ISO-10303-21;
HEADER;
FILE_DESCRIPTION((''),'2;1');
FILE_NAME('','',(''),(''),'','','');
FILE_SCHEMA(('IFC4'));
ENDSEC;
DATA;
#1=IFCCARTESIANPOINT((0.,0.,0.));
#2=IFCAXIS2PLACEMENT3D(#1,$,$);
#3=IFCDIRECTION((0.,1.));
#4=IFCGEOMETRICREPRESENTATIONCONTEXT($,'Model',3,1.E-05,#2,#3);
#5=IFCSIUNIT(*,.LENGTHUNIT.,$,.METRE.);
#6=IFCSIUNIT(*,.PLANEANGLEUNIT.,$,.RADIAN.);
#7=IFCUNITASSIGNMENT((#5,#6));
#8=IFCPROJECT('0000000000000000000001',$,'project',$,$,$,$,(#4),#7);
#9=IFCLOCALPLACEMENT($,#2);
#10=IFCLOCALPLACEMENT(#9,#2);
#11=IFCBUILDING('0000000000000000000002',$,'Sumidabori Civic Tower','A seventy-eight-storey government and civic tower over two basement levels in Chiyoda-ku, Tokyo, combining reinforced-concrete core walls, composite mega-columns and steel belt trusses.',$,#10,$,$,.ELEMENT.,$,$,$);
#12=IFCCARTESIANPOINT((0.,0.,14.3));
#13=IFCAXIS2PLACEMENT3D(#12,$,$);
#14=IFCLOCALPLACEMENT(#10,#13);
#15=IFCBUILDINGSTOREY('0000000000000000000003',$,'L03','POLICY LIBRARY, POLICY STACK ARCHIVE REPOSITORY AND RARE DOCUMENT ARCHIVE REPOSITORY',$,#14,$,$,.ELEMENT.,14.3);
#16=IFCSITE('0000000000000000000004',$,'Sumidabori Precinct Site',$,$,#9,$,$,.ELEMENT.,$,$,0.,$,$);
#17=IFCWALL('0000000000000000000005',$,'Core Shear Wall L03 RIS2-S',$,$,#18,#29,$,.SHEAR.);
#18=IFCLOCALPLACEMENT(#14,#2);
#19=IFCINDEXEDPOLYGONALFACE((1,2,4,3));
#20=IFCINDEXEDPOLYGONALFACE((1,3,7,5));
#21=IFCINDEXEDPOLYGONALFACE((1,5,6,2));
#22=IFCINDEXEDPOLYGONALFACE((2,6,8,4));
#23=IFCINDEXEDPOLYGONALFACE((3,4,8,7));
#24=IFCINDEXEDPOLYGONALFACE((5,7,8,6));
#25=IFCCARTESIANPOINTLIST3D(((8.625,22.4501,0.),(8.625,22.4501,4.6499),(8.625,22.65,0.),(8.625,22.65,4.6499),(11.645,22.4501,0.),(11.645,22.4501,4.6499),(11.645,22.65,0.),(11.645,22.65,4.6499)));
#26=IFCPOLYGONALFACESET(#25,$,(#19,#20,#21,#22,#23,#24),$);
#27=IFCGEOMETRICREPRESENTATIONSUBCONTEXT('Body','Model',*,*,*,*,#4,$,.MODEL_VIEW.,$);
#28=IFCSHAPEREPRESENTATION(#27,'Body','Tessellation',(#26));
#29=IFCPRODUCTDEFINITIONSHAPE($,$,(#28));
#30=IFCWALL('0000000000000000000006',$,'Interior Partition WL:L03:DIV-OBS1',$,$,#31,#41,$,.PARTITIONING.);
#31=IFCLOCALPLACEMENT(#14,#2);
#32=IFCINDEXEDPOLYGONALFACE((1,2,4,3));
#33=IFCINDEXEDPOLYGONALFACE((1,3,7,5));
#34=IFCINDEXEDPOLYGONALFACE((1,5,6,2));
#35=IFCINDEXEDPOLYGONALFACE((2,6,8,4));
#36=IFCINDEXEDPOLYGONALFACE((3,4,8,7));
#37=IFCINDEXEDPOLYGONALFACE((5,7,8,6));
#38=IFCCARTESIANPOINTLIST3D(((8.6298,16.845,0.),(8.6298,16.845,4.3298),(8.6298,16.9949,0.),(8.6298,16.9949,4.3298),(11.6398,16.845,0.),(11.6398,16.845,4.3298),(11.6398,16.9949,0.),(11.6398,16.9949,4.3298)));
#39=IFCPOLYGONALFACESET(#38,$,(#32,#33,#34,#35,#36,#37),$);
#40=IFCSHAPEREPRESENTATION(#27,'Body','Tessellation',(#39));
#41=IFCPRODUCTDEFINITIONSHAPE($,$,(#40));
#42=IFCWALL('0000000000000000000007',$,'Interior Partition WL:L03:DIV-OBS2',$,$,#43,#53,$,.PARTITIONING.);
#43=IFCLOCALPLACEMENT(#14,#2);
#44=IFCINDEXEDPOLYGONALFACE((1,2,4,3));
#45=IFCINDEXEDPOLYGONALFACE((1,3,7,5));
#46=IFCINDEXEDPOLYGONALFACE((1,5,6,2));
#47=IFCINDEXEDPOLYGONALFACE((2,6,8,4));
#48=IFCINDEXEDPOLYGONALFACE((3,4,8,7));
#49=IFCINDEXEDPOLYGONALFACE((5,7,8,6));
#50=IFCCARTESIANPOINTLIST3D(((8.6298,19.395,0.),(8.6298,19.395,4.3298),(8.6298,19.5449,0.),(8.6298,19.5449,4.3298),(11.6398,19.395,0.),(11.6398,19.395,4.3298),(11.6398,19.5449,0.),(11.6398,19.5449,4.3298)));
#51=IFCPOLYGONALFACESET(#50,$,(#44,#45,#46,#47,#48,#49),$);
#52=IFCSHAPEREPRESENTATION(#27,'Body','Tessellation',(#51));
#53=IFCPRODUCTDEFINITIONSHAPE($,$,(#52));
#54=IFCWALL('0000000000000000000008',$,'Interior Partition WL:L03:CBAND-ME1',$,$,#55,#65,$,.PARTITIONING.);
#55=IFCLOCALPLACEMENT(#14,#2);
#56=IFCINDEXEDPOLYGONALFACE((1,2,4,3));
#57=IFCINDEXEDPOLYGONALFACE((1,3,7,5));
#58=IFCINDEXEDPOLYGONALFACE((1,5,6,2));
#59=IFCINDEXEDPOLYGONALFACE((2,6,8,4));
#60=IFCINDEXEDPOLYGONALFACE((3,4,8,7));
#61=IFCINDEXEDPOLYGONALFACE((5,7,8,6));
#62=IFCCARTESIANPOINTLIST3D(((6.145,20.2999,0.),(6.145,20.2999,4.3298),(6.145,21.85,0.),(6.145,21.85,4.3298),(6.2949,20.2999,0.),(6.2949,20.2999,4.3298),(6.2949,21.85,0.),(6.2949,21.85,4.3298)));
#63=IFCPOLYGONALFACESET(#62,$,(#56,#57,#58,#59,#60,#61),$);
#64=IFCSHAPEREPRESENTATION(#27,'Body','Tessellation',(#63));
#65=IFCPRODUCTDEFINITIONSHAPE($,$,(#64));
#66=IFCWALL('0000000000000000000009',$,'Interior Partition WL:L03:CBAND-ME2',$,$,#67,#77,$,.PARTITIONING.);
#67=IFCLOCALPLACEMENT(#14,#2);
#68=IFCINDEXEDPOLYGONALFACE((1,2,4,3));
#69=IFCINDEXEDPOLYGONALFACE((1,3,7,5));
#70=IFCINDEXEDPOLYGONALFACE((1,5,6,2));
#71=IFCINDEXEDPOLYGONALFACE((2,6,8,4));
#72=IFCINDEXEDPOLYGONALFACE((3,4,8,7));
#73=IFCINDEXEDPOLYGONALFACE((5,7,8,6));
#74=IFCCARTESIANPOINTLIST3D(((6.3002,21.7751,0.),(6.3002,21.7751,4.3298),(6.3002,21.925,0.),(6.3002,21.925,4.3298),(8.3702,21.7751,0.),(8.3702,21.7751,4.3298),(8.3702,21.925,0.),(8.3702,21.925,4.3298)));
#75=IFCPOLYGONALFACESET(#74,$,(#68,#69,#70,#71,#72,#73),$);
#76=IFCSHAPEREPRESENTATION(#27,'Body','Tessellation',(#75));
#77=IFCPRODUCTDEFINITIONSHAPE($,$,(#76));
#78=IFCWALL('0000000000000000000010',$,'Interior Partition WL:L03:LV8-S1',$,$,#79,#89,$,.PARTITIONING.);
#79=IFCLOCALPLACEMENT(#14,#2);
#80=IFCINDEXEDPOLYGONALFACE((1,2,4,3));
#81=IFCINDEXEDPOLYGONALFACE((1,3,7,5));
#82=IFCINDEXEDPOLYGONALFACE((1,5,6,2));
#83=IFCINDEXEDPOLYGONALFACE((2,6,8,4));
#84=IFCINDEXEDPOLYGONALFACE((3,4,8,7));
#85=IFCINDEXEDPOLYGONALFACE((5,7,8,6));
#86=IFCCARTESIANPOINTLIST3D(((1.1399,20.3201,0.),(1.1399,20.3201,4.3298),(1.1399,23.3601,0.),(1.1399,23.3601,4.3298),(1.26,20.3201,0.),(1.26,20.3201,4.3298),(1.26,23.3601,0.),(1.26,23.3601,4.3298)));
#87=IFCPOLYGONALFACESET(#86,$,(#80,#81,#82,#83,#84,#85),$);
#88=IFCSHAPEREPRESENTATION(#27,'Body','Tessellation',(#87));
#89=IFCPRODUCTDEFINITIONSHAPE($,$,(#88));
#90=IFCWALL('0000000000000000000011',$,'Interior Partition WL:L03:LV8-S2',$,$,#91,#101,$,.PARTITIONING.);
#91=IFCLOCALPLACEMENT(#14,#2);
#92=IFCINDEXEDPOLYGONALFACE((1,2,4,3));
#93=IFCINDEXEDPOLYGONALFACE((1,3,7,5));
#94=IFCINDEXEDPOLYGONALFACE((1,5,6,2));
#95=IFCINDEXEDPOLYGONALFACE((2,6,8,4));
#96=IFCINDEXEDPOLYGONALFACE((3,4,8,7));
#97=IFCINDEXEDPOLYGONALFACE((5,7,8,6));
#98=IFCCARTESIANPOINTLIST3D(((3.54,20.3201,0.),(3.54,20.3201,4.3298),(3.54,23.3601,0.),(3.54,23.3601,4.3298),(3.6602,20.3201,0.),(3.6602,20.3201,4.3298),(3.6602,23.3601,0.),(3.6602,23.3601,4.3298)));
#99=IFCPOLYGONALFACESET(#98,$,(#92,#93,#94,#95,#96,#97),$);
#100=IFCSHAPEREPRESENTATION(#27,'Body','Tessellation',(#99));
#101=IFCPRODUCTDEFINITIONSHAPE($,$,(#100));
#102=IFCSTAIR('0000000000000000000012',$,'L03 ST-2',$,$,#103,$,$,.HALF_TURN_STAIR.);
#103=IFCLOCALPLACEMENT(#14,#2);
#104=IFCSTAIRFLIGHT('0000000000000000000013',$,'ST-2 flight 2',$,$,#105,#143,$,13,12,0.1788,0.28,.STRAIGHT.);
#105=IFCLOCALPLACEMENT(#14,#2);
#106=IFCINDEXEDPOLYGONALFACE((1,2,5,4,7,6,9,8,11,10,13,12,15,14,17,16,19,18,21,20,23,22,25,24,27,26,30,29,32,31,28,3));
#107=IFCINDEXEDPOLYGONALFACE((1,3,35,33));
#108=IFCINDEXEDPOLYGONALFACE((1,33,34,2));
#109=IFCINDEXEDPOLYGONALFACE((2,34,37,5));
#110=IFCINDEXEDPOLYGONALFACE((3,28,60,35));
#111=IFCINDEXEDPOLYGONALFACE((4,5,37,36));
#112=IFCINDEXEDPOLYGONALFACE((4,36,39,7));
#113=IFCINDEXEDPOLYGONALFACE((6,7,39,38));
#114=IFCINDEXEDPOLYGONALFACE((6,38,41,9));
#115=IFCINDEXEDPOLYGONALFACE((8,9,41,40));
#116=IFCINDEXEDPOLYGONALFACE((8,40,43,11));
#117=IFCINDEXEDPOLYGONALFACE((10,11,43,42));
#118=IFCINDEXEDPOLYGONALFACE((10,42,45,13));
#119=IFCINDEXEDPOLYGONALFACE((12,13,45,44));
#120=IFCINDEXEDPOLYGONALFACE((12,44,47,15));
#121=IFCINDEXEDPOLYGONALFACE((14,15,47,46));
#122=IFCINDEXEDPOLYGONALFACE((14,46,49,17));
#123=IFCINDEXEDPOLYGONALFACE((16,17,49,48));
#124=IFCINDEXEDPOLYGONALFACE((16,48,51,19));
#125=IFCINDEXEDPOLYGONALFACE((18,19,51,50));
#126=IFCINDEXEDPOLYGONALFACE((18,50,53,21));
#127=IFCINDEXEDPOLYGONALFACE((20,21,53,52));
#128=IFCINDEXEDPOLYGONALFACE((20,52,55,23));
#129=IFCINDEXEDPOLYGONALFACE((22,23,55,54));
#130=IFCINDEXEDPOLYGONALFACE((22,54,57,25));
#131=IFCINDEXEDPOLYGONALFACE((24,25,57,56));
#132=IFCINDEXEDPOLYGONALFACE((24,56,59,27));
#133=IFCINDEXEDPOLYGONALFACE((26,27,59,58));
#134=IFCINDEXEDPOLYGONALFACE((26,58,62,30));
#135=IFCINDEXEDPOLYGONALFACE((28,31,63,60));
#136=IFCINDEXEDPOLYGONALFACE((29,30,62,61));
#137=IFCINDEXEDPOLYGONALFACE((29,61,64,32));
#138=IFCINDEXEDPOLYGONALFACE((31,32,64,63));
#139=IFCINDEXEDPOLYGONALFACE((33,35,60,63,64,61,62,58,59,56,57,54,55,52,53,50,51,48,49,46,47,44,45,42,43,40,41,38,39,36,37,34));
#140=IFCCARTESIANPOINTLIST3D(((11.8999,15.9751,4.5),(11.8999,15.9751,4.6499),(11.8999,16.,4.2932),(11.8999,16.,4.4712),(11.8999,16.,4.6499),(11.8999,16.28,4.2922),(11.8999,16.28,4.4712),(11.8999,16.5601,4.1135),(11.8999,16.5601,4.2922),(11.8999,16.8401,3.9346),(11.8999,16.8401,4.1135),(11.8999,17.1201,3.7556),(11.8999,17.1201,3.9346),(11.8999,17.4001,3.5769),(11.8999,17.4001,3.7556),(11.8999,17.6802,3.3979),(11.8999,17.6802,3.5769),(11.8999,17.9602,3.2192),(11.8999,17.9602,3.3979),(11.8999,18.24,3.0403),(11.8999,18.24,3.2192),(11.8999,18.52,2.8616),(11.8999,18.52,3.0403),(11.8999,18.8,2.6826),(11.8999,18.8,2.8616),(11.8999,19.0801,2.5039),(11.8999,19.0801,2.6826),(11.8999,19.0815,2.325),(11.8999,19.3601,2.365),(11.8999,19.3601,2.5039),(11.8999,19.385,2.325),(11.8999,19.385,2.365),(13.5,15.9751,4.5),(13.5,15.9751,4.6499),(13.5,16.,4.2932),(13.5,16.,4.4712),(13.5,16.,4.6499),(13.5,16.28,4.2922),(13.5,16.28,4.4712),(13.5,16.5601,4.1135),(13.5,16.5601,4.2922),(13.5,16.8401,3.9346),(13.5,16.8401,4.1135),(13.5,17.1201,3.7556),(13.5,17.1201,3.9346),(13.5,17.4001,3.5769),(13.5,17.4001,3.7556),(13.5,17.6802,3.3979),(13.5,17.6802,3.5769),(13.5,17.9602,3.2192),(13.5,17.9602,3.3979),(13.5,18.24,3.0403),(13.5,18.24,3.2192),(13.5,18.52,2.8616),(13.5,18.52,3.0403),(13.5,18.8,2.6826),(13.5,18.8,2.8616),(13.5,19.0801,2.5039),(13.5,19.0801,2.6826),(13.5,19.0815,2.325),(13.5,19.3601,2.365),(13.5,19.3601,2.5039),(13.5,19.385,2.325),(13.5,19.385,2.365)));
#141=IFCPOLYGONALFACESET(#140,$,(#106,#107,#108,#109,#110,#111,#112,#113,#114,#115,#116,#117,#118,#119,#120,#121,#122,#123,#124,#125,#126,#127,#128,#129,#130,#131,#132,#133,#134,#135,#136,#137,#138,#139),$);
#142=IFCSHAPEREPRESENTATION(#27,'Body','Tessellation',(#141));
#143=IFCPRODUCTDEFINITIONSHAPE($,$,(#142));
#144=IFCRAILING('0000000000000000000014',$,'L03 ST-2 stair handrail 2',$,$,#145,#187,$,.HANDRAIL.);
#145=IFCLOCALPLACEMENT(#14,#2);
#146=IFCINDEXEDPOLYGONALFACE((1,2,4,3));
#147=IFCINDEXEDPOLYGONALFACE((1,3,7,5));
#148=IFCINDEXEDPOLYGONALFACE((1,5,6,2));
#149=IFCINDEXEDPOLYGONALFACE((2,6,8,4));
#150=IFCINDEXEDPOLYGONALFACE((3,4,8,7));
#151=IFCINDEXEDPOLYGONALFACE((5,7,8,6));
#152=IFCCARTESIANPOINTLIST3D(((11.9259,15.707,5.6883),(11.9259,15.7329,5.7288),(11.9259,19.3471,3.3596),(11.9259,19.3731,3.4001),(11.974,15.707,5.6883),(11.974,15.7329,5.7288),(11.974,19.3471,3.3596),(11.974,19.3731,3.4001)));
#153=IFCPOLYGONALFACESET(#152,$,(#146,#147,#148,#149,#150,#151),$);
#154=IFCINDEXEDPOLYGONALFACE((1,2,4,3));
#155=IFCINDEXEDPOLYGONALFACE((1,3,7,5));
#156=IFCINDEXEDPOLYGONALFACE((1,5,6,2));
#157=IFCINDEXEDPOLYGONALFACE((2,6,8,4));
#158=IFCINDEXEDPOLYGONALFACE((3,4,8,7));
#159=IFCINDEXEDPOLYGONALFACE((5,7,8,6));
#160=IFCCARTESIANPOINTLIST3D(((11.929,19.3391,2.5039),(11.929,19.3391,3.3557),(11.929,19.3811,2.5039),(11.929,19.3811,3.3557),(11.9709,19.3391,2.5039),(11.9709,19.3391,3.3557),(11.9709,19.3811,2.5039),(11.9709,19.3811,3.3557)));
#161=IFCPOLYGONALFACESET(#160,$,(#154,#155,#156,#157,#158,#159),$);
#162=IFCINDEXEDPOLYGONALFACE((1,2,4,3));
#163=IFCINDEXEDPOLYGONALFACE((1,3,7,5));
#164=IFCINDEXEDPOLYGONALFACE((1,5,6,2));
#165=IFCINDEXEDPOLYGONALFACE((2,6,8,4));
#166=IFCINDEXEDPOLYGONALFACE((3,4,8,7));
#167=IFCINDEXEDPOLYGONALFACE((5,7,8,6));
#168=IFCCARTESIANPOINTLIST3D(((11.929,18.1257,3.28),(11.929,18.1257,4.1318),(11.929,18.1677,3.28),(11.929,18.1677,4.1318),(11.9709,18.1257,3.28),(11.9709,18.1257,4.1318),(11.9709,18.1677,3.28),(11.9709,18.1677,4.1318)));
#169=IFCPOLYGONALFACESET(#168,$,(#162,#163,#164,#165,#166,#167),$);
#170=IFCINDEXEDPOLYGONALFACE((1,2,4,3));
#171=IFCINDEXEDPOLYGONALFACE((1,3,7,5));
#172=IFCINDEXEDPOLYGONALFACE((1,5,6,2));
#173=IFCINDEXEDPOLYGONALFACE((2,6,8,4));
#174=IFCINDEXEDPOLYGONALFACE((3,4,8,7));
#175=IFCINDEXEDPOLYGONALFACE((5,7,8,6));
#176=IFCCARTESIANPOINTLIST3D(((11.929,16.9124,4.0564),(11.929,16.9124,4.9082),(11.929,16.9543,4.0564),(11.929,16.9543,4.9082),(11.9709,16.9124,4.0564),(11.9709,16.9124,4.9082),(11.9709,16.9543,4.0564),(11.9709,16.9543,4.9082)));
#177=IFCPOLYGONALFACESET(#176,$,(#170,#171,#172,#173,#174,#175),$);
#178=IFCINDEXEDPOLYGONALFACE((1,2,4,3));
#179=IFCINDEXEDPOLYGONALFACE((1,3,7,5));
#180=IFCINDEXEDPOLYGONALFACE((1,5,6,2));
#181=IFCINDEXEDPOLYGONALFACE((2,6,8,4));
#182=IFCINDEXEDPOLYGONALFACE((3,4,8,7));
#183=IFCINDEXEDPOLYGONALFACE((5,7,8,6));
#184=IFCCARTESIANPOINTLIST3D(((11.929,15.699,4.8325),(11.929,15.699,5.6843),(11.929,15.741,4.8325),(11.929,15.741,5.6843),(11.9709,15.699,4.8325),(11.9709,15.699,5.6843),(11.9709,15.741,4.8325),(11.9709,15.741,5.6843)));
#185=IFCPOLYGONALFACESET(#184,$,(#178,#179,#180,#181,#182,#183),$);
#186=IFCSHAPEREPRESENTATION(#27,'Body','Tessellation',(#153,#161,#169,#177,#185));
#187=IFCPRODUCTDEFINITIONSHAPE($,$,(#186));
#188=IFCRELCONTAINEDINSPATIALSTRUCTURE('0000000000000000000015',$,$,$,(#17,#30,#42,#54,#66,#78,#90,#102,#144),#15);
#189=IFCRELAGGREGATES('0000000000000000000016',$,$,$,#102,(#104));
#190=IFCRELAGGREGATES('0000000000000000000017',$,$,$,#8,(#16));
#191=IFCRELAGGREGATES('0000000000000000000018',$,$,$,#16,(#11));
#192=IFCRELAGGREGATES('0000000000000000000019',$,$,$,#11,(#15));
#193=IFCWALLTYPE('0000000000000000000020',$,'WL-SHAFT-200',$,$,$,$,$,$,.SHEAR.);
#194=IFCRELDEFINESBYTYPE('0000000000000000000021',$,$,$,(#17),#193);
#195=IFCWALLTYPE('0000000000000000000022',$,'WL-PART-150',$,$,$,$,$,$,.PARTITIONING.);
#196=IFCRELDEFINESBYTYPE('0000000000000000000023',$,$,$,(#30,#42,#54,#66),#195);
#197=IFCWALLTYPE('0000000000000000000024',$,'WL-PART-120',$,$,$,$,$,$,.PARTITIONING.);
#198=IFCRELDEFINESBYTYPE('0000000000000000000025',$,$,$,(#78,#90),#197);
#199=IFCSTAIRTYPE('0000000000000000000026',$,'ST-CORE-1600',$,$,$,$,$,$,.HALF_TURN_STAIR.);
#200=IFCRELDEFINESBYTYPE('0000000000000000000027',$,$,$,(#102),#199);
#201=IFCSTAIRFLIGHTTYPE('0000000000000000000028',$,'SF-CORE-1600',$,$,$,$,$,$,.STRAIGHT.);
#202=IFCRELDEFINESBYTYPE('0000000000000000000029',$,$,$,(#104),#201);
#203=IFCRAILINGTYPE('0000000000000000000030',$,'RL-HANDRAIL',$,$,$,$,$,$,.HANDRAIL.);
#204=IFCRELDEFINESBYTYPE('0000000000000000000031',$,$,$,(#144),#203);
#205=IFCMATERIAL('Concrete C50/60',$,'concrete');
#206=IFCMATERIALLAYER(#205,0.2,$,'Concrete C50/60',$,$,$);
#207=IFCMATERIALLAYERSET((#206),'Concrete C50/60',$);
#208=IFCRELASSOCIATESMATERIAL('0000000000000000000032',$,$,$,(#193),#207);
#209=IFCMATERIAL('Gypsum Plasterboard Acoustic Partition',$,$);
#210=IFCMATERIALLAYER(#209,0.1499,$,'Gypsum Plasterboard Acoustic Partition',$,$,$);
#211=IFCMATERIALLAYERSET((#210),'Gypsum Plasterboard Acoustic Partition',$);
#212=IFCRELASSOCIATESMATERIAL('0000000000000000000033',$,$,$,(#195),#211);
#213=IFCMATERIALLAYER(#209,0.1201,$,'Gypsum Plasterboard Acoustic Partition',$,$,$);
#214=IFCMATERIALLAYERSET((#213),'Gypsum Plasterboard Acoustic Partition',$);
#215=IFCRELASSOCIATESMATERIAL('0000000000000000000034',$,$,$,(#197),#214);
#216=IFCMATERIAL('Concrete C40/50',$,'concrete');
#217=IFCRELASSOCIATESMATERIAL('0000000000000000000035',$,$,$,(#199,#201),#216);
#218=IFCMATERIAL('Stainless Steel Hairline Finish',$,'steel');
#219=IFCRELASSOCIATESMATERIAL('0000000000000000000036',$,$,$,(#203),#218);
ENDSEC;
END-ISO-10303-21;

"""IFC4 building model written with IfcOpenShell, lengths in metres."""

from ifc_helpers import new_model, si_unit, direction, frame, frame_2d, origin, origin_2d, place, context, subcontext, project, spatial, polyline, rectangle, outline, extrude, source, transform, mapped, material, layer, layer_set, type_object, element, aggregate, save


model = new_model("IFC4")

# Units and contexts
model_context = context("Model", 3, precision=1e-05, world=origin(), true_north=direction((0.0, 1.0)))
body_context = subcontext(model_context, "Body", "Model", "MODEL_VIEW")
ifc_project = project(units=[si_unit("LENGTHUNIT", "METRE"), si_unit("PLANEANGLEUNIT", "RADIAN")], contexts=[model_context])

# Site, building, storey
site_placement = place(None, origin())
site = spatial("IfcSite", under=ifc_project, at=site_placement, Name="Sumidabori Precinct Site", CompositionType="ELEMENT", RefElevation=0.0)
building_placement = place(site_placement, origin())
building = spatial("IfcBuilding", under=site, at=building_placement, Name="Sumidabori Civic Tower", Description="A seventy-eight-storey government and civic tower over two basement levels in Chiyoda-ku, Tokyo, combining reinforced-concrete core walls, composite mega-columns and steel belt trusses.", CompositionType="ELEMENT")
storey_placement = place(building_placement, frame((0.0, 0.0, 14.3)))
storey = spatial("IfcBuildingStorey", under=building, at=storey_placement, Name="L03", Description="POLICY LIBRARY, POLICY STACK ARCHIVE REPOSITORY AND RARE DOCUMENT ARCHIVE REPOSITORY", CompositionType="ELEMENT", Elevation=14.3)

# Shared definitions
ifc_material_1 = material(Name="Concrete C50/60", Category="concrete")

# Walls
ifc_layer_1 = layer(ifc_material_1, 0.2, Name="Concrete C50/60")
ifc_layer_set_1 = layer_set([ifc_layer_1], Name="Concrete C50/60")
wall_type_1 = type_object("IfcWallType", Name="WL-SHAFT-200", PredefinedType="SHEAR", material=ifc_layer_set_1)
shared_shape_1 = source(origin(), body_context, "Body", "SweptSolid", [
    extrude(rectangle(XDim=3.02, YDim=0.2, at=frame_2d((1.51, 0.0))), origin(), (0.0, 0.0, 1.0), 4.6499),
])
wall_1_placement = place(storey_placement, frame((8.625, 22.55, 0.0), z_axis=(0.0, 0.0, 1.0), x_axis=(1.0, 0.0, 0.0)))
element("IfcWall", 1, at=wall_1_placement, inside=storey, type_object=wall_type_1, Name="Core Shear Wall L03 RIS2-S", PredefinedType="SHEAR", context=body_context, shape_type="MappedRepresentation", body=[
    mapped(shared_shape_1, transform((0.0, 0.0, 0.0), x_axis=(1.0, 0.0, 0.0), y_axis=(0.0, 1.0, 0.0), z_axis=(0.0, 0.0, 1.0), scale=1.0)),
])
ifc_material_2 = material(Name="Gypsum Plasterboard Acoustic Partition")
ifc_layer_2 = layer(ifc_material_2, 0.1499, Name="Gypsum Plasterboard Acoustic Partition")
ifc_layer_set_2 = layer_set([ifc_layer_2], Name="Gypsum Plasterboard Acoustic Partition")
wall_type_2 = type_object("IfcWallType", Name="WL-PART-150", PredefinedType="PARTITIONING", material=ifc_layer_set_2)
shared_shape_2 = source(origin(), body_context, "Body", "SweptSolid", [
    extrude(rectangle(XDim=3.01, YDim=0.1499, at=frame_2d((1.5049, 0.0))), origin(), (0.0, 0.0, 1.0), 4.3298),
])
for number, where, z_axis, x_axis, name in (
    (2, (8.6299, 16.9199, 0.0), (0.0, 0.0, 1.0), (1.0, 0.0, 0.0), "Interior Partition WL:L03:DIV-OBS1"),
    (3, (8.6299, 19.47, 0.0), (0.0, 0.0, 1.0), (1.0, 0.0, 0.0), "Interior Partition WL:L03:DIV-OBS2"),
):
    element("IfcWall", number, at=place(storey_placement, frame(where, z_axis=z_axis, x_axis=x_axis)), inside=storey, type_object=wall_type_2, Name=name, PredefinedType="PARTITIONING", context=body_context, shape_type="MappedRepresentation", body=[
        mapped(shared_shape_2, transform((0.0, 0.0, 0.0), x_axis=(1.0, 0.0, 0.0), y_axis=(0.0, 1.0, 0.0), z_axis=(0.0, 0.0, 1.0), scale=1.0)),
    ])
shared_shape_3 = source(origin(), body_context, "Body", "SweptSolid", [
    extrude(rectangle(XDim=1.55, YDim=0.1499, at=frame_2d((0.7749, 0.0))), origin(), (0.0, 0.0, 1.0), 4.3298),
])
wall_2_placement = place(storey_placement, frame((6.22, 20.3, 0.0), z_axis=(0.0, 0.0, 1.0), x_axis=(0.0, 1.0, 0.0)))
element("IfcWall", 4, at=wall_2_placement, inside=storey, type_object=wall_type_2, Name="Interior Partition WL:L03:CBAND-ME1", PredefinedType="PARTITIONING", context=body_context, shape_type="MappedRepresentation", body=[
    mapped(shared_shape_3, transform((0.0, 0.0, 0.0), x_axis=(1.0, 0.0, 0.0), y_axis=(0.0, 1.0, 0.0), z_axis=(0.0, 0.0, 1.0), scale=1.0)),
])
shared_shape_4 = source(origin(), body_context, "Body", "SweptSolid", [
    extrude(rectangle(XDim=2.0701, YDim=0.1499, at=frame_2d((1.0352, 0.0))), origin(), (0.0, 0.0, 1.0), 4.3298),
])
wall_3_placement = place(storey_placement, frame((6.3, 21.8501, 0.0), z_axis=(0.0, 0.0, 1.0), x_axis=(1.0, 0.0, 0.0)))
element("IfcWall", 5, at=wall_3_placement, inside=storey, type_object=wall_type_2, Name="Interior Partition WL:L03:CBAND-ME2", PredefinedType="PARTITIONING", context=body_context, shape_type="MappedRepresentation", body=[
    mapped(shared_shape_4, transform((0.0, 0.0, 0.0), x_axis=(1.0, 0.0, 0.0), y_axis=(0.0, 1.0, 0.0), z_axis=(0.0, 0.0, 1.0), scale=1.0)),
])
ifc_layer_3 = layer(ifc_material_2, 0.1201, Name="Gypsum Plasterboard Acoustic Partition")
ifc_layer_set_3 = layer_set([ifc_layer_3], Name="Gypsum Plasterboard Acoustic Partition")
wall_type_3 = type_object("IfcWallType", Name="WL-PART-120", PredefinedType="PARTITIONING", material=ifc_layer_set_3)
shared_shape_5 = source(origin(), body_context, "Body", "SweptSolid", [
    extrude(rectangle(XDim=3.04, YDim=0.1201, at=frame_2d((1.52, 0.0))), origin(), (0.0, 0.0, 1.0), 4.3298),
])
for number, where, z_axis, x_axis, name in (
    (6, (1.2, 20.3201, 0.0), (0.0, 0.0, 1.0), (0.0, 1.0, 0.0), "Interior Partition WL:L03:LV8-S1"),
    (7, (3.6001, 20.3201, 0.0), (0.0, 0.0, 1.0), (0.0, 1.0, 0.0), "Interior Partition WL:L03:LV8-S2"),
):
    element("IfcWall", number, at=place(storey_placement, frame(where, z_axis=z_axis, x_axis=x_axis)), inside=storey, type_object=wall_type_3, Name=name, PredefinedType="PARTITIONING", context=body_context, shape_type="MappedRepresentation", body=[
        mapped(shared_shape_5, transform((0.0, 0.0, 0.0), x_axis=(1.0, 0.0, 0.0), y_axis=(0.0, 1.0, 0.0), z_axis=(0.0, 0.0, 1.0), scale=1.0)),
    ])

# Stair, stair flight
ifc_material_3 = material(Name="Concrete C40/50", Category="concrete")
stair_type = type_object("IfcStairType", Name="ST-CORE-1600", PredefinedType="HALF_TURN_STAIR", material=ifc_material_3)
stair_placement = place(storey_placement, origin())
stair = element("IfcStair", 8, at=stair_placement, inside=storey, type_object=stair_type, Name="L03 ST-2", PredefinedType="HALF_TURN_STAIR")
stair_flight_type = type_object("IfcStairFlightType", Name="SF-CORE-1600", PredefinedType="STRAIGHT", material=ifc_material_3)
shared_shape_6 = source(origin(), body_context, "Body", "SweptSolid", [
    extrude(outline(polyline([(-0.0249, 0.0), (-0.0249, 0.04), (0.0, 0.04), (0.0, 0.179), (0.28, 0.179), (0.28, 0.3577), (0.5601, 0.3577), (0.5601, 0.5366), (0.8401, 0.5366), (0.8401, 0.7153), (1.1201, 0.7153), (1.1201, 0.8943), (1.3999, 0.8943), (1.3999, 1.073), (1.6799, 1.073), (1.6799, 1.252), (1.96, 1.252), (1.96, 1.4307), (2.24, 1.4307), (2.24, 1.6096), (2.52, 1.6096), (2.52, 1.7886), (2.8, 1.7886), (2.8, 1.9673), (3.0801, 1.9673), (3.0801, 2.1462), (3.3601, 2.1462), (3.3601, 2.325), (3.385, 2.325), (3.385, 2.175), (3.3601, 1.9683), (0.2786, 0.0), (-0.0249, 0.0)])), frame((0.0, 0.8, 0.0), z_axis=(0.0, -1.0, 0.0), x_axis=(1.0, 0.0, 0.0)), (0.0, 0.0, 1.0), 1.6001),
])
stair_flight_placement = place(storey_placement, frame((12.7, 19.3601, 2.325), z_axis=(0.0, 0.0, 1.0), x_axis=(0.0, -1.0, 0.0)))
stair_flight = element("IfcStairFlight", 9, at=stair_flight_placement, type_object=stair_flight_type, Name="ST-2 flight 2", NumberOfRisers=13, NumberOfTreads=12, PredefinedType="STRAIGHT", RiserHeight=0.1788, TreadLength=0.28, context=body_context, shape_type="MappedRepresentation", body=[
    mapped(shared_shape_6, transform((0.0, 0.0, 0.0), x_axis=(1.0, 0.0, 0.0), y_axis=(0.0, 1.0, 0.0), z_axis=(0.0, 0.0, 1.0), scale=1.0)),
])
aggregate(stair, [stair_flight])

# Railing
ifc_material_4 = material(Name="Stainless Steel Hairline Finish", Category="steel")
railing_type_1 = type_object("IfcRailingType", Name="RL-HANDRAIL", PredefinedType="HANDRAIL", material=ifc_material_4)
railing_1_placement = place(storey_placement, frame((11.95, 19.3601, 2.5039)))
element("IfcRailing", 10, at=railing_1_placement, inside=storey, type_object=railing_type_1, Name="L03 ST-2 stair handrail 2", PredefinedType="HANDRAIL", context=body_context, shape_type="SweptSolid", body=[
    extrude(rectangle(XDim=0.0481, YDim=0.0481, at=origin_2d()), frame((0.0, 0.0, 0.876), z_axis=(0.0, -0.842384, 0.538877), x_axis=(1.0, 0.0, 0.0)), (0.0, 0.0, 1.0), 4.3213),
    extrude(rectangle(XDim=0.042, YDim=0.042, at=origin_2d()), origin(), (0.0, 0.0, 1.0), 0.8518),
    extrude(rectangle(XDim=0.042, YDim=0.042, at=origin_2d()), frame((0.0, -1.2134, 0.7761)), (0.0, 0.0, 1.0), 0.8518),
    extrude(rectangle(XDim=0.042, YDim=0.042, at=origin_2d()), frame((0.0, -2.4268, 1.5525)), (0.0, 0.0, 1.0), 0.8518),
    extrude(rectangle(XDim=0.042, YDim=0.042, at=origin_2d()), frame((0.0, -3.6401, 2.3286)), (0.0, 0.0, 1.0), 0.8518),
])

save(model, "model.ifc")
